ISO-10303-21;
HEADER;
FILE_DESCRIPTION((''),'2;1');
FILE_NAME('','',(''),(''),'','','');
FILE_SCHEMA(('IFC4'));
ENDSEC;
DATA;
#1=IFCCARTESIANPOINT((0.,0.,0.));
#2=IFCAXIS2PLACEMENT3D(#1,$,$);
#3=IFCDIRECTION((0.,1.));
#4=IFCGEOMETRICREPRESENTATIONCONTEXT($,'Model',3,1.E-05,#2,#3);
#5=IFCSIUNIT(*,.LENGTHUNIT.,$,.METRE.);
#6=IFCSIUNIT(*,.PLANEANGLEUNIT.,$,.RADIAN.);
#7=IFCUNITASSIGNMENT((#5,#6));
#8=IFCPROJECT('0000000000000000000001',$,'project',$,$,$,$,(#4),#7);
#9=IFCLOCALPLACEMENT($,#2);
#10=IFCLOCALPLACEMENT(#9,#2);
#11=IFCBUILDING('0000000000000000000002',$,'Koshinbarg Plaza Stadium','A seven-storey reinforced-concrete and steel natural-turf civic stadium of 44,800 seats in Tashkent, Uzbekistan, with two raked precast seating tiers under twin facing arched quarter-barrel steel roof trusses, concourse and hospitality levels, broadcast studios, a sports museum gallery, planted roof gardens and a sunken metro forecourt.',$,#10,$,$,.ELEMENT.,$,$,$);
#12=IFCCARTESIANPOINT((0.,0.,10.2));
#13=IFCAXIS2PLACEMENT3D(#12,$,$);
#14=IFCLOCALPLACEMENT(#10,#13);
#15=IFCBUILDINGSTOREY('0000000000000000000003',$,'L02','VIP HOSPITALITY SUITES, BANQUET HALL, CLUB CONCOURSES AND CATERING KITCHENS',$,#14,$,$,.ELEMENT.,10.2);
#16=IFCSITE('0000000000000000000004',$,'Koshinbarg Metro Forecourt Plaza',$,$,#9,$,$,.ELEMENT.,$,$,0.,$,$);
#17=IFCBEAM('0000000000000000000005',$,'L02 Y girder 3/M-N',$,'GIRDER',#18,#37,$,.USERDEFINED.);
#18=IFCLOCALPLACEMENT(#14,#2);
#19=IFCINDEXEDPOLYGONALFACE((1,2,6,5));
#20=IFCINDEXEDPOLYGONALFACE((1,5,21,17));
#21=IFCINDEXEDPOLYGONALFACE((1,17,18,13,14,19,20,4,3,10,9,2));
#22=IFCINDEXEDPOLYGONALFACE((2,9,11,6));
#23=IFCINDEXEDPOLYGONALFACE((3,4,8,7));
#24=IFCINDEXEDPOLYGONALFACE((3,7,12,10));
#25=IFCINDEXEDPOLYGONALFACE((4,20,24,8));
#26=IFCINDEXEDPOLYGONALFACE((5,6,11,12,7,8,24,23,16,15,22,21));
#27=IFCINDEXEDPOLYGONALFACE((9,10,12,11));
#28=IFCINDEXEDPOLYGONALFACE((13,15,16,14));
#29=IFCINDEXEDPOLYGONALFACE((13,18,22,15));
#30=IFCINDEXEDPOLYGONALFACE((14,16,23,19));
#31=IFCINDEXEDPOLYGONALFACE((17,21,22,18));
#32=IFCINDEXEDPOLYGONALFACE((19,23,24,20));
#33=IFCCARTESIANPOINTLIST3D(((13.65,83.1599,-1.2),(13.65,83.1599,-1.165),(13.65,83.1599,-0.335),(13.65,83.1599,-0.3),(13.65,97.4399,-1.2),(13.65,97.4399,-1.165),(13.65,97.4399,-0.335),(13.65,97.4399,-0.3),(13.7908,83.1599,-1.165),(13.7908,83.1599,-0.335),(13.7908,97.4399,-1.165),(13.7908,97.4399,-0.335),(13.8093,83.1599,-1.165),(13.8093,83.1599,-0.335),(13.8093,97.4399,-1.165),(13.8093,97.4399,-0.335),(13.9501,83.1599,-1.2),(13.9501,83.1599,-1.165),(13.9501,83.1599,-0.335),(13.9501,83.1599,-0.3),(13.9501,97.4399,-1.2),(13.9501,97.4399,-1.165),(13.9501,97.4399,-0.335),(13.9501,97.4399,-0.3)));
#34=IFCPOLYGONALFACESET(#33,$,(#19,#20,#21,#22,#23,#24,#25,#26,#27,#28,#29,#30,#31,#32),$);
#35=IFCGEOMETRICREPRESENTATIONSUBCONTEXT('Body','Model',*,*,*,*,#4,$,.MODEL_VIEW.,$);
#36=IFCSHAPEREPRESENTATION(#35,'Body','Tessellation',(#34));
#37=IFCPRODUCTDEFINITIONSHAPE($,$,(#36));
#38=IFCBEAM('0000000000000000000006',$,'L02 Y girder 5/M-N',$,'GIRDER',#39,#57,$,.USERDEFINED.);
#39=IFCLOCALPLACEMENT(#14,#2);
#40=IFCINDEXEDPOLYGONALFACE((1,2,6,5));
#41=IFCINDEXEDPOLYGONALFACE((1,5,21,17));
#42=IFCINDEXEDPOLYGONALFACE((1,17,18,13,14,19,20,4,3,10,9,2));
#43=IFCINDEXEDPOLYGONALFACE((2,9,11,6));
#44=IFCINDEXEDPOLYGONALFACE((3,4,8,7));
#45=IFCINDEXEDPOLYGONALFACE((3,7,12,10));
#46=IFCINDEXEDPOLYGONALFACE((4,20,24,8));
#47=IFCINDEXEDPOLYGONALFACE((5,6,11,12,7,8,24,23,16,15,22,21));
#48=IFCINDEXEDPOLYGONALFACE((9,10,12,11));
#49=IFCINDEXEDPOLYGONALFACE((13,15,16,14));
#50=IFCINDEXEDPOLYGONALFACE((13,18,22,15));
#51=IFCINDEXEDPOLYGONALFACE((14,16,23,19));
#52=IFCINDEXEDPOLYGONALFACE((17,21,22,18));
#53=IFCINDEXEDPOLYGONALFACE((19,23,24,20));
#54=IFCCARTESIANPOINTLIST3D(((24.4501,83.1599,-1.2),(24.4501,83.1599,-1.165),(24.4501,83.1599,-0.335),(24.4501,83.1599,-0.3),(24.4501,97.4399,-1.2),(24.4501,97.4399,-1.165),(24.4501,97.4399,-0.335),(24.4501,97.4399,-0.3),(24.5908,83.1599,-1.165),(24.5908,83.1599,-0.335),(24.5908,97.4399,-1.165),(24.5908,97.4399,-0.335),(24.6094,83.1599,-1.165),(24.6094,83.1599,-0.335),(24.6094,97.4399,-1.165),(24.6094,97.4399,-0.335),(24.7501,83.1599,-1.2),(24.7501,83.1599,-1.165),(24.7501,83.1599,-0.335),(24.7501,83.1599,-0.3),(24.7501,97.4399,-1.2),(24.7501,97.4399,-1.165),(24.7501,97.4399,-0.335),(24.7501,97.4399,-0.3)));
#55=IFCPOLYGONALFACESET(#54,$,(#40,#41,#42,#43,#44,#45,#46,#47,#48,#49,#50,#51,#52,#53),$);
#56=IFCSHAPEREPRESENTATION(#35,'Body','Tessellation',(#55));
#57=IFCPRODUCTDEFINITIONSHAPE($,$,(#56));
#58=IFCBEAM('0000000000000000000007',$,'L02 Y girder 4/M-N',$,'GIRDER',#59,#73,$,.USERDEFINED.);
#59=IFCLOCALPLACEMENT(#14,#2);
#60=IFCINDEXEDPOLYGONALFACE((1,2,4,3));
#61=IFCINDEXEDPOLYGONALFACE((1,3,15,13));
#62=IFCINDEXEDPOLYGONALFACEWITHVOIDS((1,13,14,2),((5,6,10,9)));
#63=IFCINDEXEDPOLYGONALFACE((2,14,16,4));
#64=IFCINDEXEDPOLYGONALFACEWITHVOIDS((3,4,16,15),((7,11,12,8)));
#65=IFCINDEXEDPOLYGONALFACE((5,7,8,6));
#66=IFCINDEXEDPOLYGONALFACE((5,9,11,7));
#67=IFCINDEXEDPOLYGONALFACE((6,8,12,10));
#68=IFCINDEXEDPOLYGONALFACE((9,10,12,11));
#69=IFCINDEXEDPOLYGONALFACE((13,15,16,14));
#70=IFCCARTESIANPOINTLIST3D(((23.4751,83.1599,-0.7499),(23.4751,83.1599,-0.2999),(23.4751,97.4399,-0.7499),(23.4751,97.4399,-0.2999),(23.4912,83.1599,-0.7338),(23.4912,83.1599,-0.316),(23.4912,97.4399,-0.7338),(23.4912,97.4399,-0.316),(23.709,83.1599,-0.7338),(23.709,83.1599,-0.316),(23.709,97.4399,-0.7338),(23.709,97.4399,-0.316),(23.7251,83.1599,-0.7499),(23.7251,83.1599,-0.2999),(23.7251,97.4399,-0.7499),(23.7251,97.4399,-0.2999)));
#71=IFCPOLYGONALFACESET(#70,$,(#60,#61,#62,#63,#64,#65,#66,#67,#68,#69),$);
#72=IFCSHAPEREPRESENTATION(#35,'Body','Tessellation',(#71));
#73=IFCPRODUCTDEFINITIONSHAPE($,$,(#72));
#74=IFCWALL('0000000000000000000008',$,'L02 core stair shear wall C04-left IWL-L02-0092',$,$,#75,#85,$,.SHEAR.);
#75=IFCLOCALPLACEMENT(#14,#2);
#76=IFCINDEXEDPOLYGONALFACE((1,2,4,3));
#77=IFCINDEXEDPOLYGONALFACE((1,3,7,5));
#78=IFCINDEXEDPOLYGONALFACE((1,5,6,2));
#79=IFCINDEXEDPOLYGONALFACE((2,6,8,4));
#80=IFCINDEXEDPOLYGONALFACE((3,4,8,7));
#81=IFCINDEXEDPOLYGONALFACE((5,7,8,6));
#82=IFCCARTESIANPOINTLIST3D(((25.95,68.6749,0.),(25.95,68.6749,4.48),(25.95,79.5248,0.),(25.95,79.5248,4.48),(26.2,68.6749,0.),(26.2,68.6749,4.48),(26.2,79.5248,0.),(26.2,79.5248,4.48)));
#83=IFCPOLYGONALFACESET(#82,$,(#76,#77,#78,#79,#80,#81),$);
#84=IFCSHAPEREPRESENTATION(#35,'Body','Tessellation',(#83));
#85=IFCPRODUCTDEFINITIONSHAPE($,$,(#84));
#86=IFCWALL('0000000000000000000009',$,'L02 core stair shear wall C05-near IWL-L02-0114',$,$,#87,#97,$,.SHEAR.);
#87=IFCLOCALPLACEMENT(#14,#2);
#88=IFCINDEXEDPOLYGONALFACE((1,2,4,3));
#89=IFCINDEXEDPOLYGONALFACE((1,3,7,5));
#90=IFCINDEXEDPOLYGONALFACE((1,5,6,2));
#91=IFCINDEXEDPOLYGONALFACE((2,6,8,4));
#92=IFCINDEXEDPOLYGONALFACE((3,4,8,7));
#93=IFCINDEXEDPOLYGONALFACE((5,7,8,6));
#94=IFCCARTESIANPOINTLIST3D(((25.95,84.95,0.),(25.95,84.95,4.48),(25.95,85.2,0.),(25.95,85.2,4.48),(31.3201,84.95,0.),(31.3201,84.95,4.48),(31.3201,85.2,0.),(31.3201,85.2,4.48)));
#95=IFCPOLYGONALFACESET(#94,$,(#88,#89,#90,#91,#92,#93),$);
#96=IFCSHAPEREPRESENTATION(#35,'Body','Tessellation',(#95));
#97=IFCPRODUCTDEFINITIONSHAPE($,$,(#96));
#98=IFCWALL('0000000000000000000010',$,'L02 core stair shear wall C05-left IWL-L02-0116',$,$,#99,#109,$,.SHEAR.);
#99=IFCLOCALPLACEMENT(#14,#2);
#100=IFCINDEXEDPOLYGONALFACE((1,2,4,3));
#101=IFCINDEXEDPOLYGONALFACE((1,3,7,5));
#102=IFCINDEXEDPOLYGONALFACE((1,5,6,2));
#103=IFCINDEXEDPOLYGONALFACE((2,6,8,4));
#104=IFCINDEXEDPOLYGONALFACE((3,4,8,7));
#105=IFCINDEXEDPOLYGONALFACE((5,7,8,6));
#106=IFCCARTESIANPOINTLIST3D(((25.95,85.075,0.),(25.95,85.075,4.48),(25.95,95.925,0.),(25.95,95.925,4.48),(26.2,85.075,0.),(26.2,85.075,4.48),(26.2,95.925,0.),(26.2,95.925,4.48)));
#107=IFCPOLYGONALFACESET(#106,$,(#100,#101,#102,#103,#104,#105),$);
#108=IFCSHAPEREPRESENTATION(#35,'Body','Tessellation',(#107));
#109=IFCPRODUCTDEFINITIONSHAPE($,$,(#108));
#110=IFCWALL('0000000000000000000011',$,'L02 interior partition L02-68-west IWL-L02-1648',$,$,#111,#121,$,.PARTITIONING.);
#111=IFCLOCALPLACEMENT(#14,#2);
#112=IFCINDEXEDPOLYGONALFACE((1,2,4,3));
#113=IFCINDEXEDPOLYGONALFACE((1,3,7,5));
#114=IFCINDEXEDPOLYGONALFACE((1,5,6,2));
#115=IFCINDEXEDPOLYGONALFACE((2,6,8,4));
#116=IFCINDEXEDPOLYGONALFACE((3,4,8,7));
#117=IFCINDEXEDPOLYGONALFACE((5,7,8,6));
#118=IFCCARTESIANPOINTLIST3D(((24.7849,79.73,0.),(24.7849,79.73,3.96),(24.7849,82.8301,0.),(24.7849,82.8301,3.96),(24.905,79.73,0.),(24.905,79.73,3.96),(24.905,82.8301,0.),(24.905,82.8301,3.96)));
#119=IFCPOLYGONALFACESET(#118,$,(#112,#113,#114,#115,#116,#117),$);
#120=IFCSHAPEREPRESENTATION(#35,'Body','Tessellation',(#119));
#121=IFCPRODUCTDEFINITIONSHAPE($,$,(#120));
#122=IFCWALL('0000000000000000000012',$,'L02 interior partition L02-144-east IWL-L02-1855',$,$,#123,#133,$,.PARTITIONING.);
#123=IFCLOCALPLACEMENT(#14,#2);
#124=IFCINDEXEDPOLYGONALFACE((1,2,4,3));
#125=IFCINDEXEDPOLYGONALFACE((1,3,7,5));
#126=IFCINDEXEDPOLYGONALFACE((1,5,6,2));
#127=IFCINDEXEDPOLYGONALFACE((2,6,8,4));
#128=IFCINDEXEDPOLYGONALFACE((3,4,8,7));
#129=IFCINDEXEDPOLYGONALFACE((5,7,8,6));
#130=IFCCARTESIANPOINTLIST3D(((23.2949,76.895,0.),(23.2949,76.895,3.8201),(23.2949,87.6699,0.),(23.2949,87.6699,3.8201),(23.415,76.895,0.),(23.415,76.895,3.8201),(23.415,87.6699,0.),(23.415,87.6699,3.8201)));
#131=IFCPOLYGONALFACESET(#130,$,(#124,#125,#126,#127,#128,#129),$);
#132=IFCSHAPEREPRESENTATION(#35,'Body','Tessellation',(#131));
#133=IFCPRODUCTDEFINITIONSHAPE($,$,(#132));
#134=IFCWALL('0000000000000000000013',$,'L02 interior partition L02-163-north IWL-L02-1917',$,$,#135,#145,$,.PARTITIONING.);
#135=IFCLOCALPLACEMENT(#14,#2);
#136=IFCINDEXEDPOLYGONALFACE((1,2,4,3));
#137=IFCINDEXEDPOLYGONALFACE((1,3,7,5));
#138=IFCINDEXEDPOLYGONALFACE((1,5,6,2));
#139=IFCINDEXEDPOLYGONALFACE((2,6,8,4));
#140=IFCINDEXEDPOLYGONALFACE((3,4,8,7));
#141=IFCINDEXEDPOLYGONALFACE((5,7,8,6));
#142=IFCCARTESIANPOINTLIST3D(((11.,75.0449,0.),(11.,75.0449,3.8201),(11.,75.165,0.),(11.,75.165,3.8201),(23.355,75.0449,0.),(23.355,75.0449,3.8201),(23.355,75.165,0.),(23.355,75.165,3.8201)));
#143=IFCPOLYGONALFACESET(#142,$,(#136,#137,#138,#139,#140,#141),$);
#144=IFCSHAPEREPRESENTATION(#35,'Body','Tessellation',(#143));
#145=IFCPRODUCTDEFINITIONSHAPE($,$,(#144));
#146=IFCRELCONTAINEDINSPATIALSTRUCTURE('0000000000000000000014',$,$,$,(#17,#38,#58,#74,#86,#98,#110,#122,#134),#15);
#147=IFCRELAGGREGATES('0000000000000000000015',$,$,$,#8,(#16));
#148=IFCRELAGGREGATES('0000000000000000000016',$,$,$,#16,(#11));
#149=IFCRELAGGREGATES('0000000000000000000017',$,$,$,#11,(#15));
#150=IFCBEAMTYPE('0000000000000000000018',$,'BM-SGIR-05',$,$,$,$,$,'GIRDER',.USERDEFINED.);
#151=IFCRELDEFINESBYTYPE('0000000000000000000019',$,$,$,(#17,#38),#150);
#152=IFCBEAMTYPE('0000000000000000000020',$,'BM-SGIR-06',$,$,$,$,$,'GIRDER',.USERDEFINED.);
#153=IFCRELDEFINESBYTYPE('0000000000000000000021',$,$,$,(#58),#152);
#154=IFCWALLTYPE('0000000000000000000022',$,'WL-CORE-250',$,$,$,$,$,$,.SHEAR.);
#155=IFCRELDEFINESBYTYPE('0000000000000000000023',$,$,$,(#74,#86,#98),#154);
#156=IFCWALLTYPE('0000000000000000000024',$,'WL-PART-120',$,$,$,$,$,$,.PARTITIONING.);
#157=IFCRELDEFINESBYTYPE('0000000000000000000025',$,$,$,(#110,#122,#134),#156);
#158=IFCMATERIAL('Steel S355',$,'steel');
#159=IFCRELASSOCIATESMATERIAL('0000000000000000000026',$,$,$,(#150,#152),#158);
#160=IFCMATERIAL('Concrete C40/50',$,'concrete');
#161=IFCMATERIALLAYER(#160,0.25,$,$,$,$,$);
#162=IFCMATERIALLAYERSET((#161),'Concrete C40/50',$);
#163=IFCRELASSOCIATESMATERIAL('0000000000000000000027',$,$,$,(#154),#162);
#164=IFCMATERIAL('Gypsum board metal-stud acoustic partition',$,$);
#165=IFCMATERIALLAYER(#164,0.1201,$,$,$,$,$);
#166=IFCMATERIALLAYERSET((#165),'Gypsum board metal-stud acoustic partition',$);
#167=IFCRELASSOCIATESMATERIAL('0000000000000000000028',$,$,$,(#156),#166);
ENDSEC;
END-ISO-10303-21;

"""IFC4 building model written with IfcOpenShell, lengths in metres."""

from ifc_helpers import new_model, si_unit, direction, frame, frame_2d, origin, origin_2d, place, context, subcontext, project, spatial, rectangle, hollow_rectangle, i_section, extrude, material, layer, layer_set, material_profile, profile_set, type_object, element, save


model = new_model("IFC4")

# Units and contexts
model_context = context("Model", 3, precision=1e-05, world=origin(), true_north=direction((0.0, 1.0)))
body_context = subcontext(model_context, "Body", "Model", "MODEL_VIEW")
ifc_project = project(units=[si_unit("LENGTHUNIT", "METRE"), si_unit("PLANEANGLEUNIT", "RADIAN")], contexts=[model_context])

# Site, building, storey
site_placement = place(None, origin())
site = spatial("IfcSite", under=ifc_project, at=site_placement, Name="Koshinbarg Metro Forecourt Plaza", CompositionType="ELEMENT", RefElevation=0.0)
building_placement = place(site_placement, origin())
building = spatial("IfcBuilding", under=site, at=building_placement, Name="Koshinbarg Plaza Stadium", Description="A seven-storey reinforced-concrete and steel natural-turf civic stadium of 44,800 seats in Tashkent, Uzbekistan, with two raked precast seating tiers under twin facing arched quarter-barrel steel roof trusses, concourse and hospitality levels, broadcast studios, a sports museum gallery, planted roof gardens and a sunken metro forecourt.", CompositionType="ELEMENT")
storey_placement = place(building_placement, frame((0.0, 0.0, 10.2)))
storey = spatial("IfcBuildingStorey", under=building, at=storey_placement, Name="L02", Description="VIP HOSPITALITY SUITES, BANQUET HALL, CLUB CONCOURSES AND CATERING KITCHENS", CompositionType="ELEMENT", Elevation=10.2)

# Shared definitions
ifc_material_1 = material(Name="Concrete C40/50", Category="concrete")
ifc_material_2 = material(Name="Steel S355", Category="steel")

# Beams
ifc_material_profile_1 = material_profile(ifc_material_2, i_section(OverallWidth=0.3, OverallDepth=0.8999, WebThickness=0.0186, FlangeThickness=0.0349, at=origin_2d()), Name="HEB 900")
ifc_profile_set_1 = profile_set([ifc_material_profile_1], Name="Steel S355")
beam_type_1 = type_object("IfcBeamType", Name="BM-SGIR-05", ElementType="GIRDER", PredefinedType="USERDEFINED", material=ifc_profile_set_1)
for number, where, z_axis, x_axis, name in (
    (1, (13.8, 83.1599, -0.75), (0.0, 1.0, 0.0), (-1.0, 0.0, 0.0), "L02 Y girder 3/M-N"),
    (2, (24.6001, 83.1599, -0.75), (0.0, 1.0, 0.0), (-1.0, 0.0, 0.0), "L02 Y girder 5/M-N"),
):
    element("IfcBeam", number, at=place(storey_placement, frame(where, z_axis=z_axis, x_axis=x_axis)), inside=storey, type_object=beam_type_1, Name=name, ObjectType="GIRDER", PredefinedType="USERDEFINED", context=body_context, shape_type="SweptSolid", body=[
        extrude(i_section(OverallWidth=0.3, OverallDepth=0.8999, WebThickness=0.0186, FlangeThickness=0.0349, at=origin_2d()), origin(), (0.0, 0.0, 1.0), 14.28),
    ])
ifc_material_profile_2 = material_profile(ifc_material_2, hollow_rectangle(XDim=0.25, YDim=0.45, WallThickness=0.0161, at=origin_2d()), Name="RHS 450x250x16")
ifc_profile_set_2 = profile_set([ifc_material_profile_2], Name="Steel S355")
beam_type_2 = type_object("IfcBeamType", Name="BM-SGIR-06", ElementType="GIRDER", PredefinedType="USERDEFINED", material=ifc_profile_set_2)
beam_1_placement = place(storey_placement, frame((23.6001, 83.1599, -0.5249), z_axis=(0.0, 1.0, 0.0), x_axis=(-1.0, 0.0, 0.0)))
element("IfcBeam", 3, at=beam_1_placement, inside=storey, type_object=beam_type_2, Name="L02 Y girder 4/M-N", ObjectType="GIRDER", PredefinedType="USERDEFINED", context=body_context, shape_type="SweptSolid", body=[
    extrude(hollow_rectangle(XDim=0.25, YDim=0.45, WallThickness=0.0161, at=origin_2d()), origin(), (0.0, 0.0, 1.0), 14.28),
])

# Walls
ifc_layer_1 = layer(ifc_material_1, 0.25)
ifc_layer_set_1 = layer_set([ifc_layer_1], Name="Concrete C40/50")
wall_type_1 = type_object("IfcWallType", Name="WL-CORE-250", PredefinedType="SHEAR", material=ifc_layer_set_1)
wall_1_placement = place(storey_placement, frame((26.075, 68.675, 0.0), z_axis=(0.0, 0.0, 1.0), x_axis=(0.0, 1.0, 0.0)))
element("IfcWall", 4, at=wall_1_placement, inside=storey, type_object=wall_type_1, Name="L02 core stair shear wall C04-left IWL-L02-0092", PredefinedType="SHEAR", context=body_context, shape_type="SweptSolid", body=[
    extrude(rectangle(XDim=10.8499, YDim=0.25, at=frame_2d((5.4248, 0.0))), origin(), (0.0, 0.0, 1.0), 4.48),
])
wall_2_placement = place(storey_placement, frame((25.95, 85.075, 0.0), z_axis=(0.0, 0.0, 1.0), x_axis=(1.0, 0.0, 0.0)))
element("IfcWall", 5, at=wall_2_placement, inside=storey, type_object=wall_type_1, Name="L02 core stair shear wall C05-near IWL-L02-0114", PredefinedType="SHEAR", context=body_context, shape_type="SweptSolid", body=[
    extrude(rectangle(XDim=5.3701, YDim=0.25, at=frame_2d((2.6851, 0.0))), origin(), (0.0, 0.0, 1.0), 4.48),
])
wall_3_placement = place(storey_placement, frame((26.075, 85.075, 0.0), z_axis=(0.0, 0.0, 1.0), x_axis=(0.0, 1.0, 0.0)))
element("IfcWall", 6, at=wall_3_placement, inside=storey, type_object=wall_type_1, Name="L02 core stair shear wall C05-left IWL-L02-0116", PredefinedType="SHEAR", context=body_context, shape_type="SweptSolid", body=[
    extrude(rectangle(XDim=10.8501, YDim=0.25, at=frame_2d((5.425, 0.0))), origin(), (0.0, 0.0, 1.0), 4.48),
])
ifc_material_3 = material(Name="Gypsum board metal-stud acoustic partition")
ifc_layer_2 = layer(ifc_material_3, 0.1201)
ifc_layer_set_2 = layer_set([ifc_layer_2], Name="Gypsum board metal-stud acoustic partition")
wall_type_2 = type_object("IfcWallType", Name="WL-PART-120", PredefinedType="PARTITIONING", material=ifc_layer_set_2)
wall_4_placement = place(storey_placement, frame((24.845, 82.8301, 0.0), z_axis=(0.0, 0.0, 1.0), x_axis=(0.0, -1.0, 0.0)))
element("IfcWall", 7, at=wall_4_placement, inside=storey, type_object=wall_type_2, Name="L02 interior partition L02-68-west IWL-L02-1648", PredefinedType="PARTITIONING", context=body_context, shape_type="SweptSolid", body=[
    extrude(rectangle(XDim=3.1001, YDim=0.1201, at=frame_2d((1.55, 0.0))), origin(), (0.0, 0.0, 1.0), 3.96),
])
wall_5_placement = place(storey_placement, frame((23.355, 76.895, 0.0), z_axis=(0.0, 0.0, 1.0), x_axis=(0.0, 1.0, 0.0)))
element("IfcWall", 8, at=wall_5_placement, inside=storey, type_object=wall_type_2, Name="L02 interior partition L02-144-east IWL-L02-1855", PredefinedType="PARTITIONING", context=body_context, shape_type="SweptSolid", body=[
    extrude(rectangle(XDim=10.7749, YDim=0.1201, at=frame_2d((5.3875, 0.0))), origin(), (0.0, 0.0, 1.0), 3.8201),
])
wall_6_placement = place(storey_placement, frame((23.355, 75.105, 0.0), z_axis=(0.0, 0.0, 1.0), x_axis=(-1.0, 0.0, 0.0)))
element("IfcWall", 9, at=wall_6_placement, inside=storey, type_object=wall_type_2, Name="L02 interior partition L02-163-north IWL-L02-1917", PredefinedType="PARTITIONING", context=body_context, shape_type="SweptSolid", body=[
    extrude(rectangle(XDim=12.355, YDim=0.1201, at=frame_2d((6.1775, 0.0))), origin(), (0.0, 0.0, 1.0), 3.8201),
])

save(model, "model.ifc")
